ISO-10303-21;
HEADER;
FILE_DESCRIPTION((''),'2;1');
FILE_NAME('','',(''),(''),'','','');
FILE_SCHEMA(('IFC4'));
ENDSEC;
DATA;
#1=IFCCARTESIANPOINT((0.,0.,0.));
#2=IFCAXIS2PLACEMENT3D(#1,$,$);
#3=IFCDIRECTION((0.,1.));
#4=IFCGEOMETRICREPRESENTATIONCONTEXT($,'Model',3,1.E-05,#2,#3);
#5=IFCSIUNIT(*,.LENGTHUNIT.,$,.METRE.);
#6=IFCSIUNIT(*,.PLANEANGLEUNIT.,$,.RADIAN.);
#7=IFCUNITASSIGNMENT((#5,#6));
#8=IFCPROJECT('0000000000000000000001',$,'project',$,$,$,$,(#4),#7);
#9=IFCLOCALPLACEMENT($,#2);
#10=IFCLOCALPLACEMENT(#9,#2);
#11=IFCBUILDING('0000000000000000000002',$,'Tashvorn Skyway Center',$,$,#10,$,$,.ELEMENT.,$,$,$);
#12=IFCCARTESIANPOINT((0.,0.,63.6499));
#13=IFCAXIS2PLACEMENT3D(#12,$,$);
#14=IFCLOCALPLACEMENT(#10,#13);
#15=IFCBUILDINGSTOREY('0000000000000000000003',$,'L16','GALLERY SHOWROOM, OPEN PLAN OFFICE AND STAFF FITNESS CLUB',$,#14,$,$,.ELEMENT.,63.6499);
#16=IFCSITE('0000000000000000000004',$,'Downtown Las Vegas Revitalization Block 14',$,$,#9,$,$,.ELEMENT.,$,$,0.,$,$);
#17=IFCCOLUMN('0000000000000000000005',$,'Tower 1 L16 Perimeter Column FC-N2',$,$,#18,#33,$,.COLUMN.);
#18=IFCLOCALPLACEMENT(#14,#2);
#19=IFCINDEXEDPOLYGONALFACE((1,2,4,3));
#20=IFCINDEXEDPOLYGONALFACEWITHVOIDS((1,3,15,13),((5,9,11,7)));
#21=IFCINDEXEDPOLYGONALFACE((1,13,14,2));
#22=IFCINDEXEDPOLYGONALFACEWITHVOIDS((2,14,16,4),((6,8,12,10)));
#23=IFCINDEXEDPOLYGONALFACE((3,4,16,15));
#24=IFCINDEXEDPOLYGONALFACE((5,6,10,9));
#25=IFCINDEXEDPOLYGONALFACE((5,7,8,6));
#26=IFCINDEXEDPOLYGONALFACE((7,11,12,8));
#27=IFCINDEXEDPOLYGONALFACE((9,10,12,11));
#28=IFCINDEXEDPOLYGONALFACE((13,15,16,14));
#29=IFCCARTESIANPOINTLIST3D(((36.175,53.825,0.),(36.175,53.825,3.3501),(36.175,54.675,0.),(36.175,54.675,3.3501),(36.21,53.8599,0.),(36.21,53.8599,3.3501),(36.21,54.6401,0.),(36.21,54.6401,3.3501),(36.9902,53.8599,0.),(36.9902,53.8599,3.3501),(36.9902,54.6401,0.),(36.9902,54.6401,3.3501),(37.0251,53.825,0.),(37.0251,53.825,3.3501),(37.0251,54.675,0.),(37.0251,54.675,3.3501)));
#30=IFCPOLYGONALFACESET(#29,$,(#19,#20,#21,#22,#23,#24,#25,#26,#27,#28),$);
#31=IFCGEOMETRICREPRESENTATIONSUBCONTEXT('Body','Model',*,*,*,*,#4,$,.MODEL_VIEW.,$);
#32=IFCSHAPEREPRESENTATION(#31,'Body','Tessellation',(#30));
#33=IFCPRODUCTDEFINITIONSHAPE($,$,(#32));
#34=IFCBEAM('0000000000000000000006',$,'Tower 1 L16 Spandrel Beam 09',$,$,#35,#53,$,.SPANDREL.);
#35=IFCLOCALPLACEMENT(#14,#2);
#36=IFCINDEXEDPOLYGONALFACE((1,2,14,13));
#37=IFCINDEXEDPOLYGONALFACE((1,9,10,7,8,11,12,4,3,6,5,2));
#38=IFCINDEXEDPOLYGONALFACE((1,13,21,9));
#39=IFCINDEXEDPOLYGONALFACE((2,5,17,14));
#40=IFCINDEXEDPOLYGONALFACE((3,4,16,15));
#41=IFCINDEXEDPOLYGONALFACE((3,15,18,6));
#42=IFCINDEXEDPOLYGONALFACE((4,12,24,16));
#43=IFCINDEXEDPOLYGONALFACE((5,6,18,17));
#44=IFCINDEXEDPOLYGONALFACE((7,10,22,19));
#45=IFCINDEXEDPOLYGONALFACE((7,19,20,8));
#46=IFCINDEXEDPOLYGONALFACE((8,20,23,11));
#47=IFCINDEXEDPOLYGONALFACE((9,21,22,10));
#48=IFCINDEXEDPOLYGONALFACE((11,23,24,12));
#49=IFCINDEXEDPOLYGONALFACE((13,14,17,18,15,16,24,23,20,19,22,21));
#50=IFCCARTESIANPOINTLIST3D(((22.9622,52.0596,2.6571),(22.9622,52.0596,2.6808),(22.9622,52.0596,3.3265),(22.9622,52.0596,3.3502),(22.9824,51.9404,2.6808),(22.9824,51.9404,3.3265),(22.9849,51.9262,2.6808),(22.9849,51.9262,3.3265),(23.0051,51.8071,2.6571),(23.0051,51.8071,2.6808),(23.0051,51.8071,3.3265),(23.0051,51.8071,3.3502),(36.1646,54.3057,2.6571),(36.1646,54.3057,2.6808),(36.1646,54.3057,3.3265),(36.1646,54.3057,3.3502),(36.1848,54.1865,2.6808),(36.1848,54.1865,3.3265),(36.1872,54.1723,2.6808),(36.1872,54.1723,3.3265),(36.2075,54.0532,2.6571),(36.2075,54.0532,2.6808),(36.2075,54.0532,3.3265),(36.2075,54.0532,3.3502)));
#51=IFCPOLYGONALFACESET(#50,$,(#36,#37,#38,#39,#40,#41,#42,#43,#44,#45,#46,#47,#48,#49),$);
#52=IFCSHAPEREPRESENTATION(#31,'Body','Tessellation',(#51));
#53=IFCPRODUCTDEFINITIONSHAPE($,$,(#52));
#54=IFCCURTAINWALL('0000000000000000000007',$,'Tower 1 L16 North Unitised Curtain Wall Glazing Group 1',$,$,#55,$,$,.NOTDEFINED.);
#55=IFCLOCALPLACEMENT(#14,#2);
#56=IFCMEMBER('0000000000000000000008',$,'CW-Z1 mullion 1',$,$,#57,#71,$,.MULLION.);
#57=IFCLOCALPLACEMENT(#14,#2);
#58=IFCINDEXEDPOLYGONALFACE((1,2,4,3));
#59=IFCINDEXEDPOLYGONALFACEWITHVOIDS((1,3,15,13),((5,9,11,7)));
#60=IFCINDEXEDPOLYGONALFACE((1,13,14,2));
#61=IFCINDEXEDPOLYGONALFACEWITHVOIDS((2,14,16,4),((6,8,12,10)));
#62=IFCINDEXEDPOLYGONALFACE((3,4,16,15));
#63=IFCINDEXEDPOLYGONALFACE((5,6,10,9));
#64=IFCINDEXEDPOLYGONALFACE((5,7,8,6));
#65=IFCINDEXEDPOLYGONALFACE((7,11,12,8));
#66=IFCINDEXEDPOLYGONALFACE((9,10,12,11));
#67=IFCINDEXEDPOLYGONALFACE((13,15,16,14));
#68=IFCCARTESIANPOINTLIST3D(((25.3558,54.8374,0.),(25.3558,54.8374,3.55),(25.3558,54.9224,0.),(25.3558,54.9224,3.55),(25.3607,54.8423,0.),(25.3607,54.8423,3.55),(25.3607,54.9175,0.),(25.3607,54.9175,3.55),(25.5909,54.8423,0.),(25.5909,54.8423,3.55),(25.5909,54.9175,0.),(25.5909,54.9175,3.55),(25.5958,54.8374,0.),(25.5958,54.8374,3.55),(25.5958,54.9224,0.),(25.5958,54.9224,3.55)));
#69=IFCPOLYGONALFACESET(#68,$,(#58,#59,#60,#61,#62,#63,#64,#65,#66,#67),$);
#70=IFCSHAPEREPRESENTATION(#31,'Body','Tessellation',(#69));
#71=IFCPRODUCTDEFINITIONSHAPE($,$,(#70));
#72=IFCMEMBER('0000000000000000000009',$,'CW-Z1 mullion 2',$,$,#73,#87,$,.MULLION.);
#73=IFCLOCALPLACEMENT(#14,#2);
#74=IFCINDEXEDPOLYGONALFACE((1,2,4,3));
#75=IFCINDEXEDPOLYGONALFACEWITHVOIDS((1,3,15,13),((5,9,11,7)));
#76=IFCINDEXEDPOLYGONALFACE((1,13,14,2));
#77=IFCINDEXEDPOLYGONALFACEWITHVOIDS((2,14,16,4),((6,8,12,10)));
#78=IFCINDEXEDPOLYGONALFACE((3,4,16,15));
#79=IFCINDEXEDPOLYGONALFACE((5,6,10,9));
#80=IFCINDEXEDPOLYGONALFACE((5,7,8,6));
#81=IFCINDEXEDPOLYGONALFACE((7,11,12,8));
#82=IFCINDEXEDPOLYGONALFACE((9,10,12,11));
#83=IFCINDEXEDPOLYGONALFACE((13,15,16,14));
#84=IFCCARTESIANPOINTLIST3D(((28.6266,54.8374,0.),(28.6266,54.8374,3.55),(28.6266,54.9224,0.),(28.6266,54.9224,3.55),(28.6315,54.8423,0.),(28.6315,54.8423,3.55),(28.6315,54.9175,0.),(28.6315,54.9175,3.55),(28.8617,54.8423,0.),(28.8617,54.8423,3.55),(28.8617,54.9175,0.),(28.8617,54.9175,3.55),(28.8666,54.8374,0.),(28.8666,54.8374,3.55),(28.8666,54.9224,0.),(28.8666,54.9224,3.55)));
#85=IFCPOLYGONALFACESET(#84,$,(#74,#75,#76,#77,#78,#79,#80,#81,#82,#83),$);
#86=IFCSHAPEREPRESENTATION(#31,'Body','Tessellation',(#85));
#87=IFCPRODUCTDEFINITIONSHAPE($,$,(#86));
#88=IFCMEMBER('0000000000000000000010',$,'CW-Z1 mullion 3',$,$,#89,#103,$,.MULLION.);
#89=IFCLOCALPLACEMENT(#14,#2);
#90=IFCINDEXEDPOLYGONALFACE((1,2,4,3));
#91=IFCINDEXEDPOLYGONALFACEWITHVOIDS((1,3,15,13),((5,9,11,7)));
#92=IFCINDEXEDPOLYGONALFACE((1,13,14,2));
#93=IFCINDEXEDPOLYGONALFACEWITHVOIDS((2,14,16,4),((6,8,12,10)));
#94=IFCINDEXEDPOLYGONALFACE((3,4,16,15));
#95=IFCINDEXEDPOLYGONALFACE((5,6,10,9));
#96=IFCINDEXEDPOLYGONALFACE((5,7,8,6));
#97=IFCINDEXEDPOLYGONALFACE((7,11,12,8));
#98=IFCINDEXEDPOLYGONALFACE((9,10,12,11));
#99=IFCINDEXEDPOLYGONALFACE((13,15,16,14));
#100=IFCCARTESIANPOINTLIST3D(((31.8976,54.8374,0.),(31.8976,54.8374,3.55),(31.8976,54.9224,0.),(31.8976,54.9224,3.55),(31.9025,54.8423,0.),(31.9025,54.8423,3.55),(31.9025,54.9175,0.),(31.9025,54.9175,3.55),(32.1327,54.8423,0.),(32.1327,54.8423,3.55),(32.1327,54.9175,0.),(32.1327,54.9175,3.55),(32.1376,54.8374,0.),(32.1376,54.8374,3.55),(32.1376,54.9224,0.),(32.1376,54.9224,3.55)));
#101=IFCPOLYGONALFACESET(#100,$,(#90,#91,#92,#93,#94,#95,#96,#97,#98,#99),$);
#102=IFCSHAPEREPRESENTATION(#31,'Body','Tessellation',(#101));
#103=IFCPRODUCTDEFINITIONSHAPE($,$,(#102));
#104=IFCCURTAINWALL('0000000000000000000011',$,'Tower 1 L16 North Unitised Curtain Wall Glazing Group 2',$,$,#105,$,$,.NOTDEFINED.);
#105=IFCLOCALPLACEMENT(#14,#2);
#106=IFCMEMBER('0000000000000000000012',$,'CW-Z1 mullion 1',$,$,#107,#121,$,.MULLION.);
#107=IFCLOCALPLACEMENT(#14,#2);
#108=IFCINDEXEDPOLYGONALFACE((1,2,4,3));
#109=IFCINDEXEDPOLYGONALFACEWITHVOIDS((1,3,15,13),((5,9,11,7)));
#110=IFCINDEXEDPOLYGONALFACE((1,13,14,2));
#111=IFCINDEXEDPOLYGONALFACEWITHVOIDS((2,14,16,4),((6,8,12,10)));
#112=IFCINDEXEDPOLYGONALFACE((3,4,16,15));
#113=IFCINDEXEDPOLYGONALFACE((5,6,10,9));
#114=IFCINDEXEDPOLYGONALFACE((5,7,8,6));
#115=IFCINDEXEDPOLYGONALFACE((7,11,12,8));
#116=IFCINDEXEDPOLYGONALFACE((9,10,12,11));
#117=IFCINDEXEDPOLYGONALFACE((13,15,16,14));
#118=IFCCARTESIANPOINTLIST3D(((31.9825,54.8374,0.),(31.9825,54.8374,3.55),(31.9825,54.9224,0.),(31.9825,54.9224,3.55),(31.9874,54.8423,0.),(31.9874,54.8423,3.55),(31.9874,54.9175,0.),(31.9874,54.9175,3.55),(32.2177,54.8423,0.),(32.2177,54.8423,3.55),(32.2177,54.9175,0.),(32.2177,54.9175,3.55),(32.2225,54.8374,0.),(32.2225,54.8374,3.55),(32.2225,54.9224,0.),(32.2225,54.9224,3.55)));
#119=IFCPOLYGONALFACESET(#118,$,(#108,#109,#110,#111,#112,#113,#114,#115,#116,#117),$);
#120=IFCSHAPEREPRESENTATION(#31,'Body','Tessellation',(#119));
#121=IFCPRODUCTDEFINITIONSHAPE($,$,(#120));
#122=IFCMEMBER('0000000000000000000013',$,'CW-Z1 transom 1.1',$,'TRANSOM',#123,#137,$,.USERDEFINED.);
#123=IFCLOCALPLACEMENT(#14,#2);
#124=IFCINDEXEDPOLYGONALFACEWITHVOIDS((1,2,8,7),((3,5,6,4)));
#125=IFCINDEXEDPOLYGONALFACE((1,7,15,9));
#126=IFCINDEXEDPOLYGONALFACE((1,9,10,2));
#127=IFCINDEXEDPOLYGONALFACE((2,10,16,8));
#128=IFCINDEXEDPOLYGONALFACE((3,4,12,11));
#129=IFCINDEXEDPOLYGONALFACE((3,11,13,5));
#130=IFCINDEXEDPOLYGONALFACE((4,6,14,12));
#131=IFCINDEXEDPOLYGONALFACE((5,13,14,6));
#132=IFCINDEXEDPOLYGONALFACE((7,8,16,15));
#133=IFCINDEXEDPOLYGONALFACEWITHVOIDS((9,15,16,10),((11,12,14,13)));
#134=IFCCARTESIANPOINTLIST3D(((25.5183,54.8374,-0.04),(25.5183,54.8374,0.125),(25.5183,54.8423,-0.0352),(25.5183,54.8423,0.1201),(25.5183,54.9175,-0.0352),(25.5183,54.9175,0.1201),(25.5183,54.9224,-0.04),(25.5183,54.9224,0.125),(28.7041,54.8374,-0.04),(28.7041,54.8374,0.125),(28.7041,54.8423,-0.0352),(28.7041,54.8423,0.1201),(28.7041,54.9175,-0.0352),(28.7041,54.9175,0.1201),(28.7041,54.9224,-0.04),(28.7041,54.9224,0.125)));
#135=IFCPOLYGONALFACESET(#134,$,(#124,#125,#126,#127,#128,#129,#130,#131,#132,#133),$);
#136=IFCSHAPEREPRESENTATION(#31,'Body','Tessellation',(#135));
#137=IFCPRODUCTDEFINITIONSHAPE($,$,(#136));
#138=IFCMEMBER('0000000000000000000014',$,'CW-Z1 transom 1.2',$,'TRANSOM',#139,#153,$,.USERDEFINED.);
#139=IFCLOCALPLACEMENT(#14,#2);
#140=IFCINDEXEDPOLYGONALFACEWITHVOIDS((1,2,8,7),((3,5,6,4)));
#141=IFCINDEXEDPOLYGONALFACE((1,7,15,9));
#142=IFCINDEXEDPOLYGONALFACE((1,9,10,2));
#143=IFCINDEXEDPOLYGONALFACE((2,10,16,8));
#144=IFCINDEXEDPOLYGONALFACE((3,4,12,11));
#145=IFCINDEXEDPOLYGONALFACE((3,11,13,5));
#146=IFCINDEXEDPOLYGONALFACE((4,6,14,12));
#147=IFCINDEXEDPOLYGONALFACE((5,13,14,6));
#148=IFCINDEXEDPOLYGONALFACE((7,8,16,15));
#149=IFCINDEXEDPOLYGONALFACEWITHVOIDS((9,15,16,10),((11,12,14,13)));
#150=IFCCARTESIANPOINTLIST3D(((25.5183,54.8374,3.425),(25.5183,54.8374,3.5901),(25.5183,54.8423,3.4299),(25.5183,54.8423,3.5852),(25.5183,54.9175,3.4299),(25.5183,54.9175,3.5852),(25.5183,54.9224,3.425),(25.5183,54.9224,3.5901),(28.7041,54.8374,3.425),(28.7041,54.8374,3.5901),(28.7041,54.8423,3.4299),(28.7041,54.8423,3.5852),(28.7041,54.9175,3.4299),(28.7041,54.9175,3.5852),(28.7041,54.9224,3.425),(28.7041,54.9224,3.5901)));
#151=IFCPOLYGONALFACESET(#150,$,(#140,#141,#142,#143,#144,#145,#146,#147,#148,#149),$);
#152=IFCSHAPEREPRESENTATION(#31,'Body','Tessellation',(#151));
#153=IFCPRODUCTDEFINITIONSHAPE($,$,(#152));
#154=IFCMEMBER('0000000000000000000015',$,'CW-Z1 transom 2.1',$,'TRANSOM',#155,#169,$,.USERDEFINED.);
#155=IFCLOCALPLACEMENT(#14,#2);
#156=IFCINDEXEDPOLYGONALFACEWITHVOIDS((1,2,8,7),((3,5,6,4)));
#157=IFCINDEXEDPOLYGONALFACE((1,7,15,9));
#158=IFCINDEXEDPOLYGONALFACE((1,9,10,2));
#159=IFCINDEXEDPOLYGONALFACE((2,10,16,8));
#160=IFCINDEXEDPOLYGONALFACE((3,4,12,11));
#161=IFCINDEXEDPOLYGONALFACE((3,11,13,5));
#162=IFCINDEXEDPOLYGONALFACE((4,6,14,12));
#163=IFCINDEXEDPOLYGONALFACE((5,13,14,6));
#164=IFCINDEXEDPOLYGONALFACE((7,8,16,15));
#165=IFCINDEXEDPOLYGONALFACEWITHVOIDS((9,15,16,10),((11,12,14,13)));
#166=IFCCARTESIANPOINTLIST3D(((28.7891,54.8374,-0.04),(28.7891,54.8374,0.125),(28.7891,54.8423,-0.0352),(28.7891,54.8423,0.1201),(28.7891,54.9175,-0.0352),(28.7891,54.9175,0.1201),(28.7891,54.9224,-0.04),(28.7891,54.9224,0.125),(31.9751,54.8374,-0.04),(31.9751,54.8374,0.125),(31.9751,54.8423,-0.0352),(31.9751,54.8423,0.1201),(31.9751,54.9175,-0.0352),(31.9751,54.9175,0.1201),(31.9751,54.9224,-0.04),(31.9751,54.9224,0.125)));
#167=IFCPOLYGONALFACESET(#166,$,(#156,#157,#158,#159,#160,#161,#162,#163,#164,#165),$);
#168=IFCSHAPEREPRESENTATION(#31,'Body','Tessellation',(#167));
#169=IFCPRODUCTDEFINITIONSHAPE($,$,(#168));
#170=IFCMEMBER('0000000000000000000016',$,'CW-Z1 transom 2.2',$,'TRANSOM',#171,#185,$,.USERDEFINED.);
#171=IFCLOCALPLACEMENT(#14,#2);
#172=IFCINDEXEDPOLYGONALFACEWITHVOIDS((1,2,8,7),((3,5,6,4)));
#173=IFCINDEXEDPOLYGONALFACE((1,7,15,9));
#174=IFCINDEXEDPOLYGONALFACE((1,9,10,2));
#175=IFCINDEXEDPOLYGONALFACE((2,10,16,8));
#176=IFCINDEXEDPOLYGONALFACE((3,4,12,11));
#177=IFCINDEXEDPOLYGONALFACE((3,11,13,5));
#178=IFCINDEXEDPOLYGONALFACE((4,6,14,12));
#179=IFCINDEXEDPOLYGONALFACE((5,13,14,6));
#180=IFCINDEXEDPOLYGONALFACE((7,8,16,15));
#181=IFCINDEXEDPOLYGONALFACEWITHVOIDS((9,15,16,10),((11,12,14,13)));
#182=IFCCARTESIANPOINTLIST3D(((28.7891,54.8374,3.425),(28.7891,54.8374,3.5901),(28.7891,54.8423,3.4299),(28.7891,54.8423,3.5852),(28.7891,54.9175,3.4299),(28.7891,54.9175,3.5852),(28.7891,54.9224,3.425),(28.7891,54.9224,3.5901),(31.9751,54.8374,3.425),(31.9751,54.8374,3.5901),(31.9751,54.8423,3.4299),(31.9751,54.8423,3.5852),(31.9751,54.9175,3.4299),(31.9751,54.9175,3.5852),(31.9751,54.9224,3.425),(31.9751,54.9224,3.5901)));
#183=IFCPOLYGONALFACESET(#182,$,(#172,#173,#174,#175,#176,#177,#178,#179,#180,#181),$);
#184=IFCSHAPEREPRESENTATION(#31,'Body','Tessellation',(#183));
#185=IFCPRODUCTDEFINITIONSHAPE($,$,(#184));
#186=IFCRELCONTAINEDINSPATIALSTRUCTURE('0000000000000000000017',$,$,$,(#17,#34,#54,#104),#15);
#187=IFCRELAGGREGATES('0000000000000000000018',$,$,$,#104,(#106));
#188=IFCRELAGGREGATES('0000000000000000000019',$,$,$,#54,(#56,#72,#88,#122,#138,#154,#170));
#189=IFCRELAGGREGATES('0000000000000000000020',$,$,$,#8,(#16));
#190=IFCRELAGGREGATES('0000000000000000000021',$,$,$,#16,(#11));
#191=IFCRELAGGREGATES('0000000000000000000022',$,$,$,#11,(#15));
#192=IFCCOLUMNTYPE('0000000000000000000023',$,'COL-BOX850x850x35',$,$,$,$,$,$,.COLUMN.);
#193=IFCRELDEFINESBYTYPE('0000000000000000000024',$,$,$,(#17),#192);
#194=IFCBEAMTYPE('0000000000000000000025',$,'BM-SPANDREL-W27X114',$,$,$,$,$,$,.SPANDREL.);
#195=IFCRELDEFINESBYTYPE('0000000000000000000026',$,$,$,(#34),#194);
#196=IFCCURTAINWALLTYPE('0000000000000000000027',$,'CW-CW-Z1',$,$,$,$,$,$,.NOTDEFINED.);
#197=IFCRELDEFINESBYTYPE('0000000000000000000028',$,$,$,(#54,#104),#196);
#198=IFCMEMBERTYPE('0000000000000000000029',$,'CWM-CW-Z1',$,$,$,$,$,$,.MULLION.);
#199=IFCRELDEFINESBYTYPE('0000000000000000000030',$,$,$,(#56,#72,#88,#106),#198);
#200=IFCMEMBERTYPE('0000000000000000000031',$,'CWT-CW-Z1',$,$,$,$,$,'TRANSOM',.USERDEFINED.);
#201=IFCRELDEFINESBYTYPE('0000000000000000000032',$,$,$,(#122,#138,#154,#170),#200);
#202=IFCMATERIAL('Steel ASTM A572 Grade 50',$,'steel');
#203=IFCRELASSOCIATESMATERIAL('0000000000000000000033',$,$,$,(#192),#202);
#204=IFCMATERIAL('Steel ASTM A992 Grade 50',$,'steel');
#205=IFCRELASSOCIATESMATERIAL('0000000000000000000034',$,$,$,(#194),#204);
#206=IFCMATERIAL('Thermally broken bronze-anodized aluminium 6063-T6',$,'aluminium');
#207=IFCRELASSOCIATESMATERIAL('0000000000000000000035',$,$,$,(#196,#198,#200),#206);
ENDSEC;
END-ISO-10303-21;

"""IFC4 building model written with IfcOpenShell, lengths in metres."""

from ifc_helpers import new_model, si_unit, direction, frame, origin, origin_2d, place, context, subcontext, project, spatial, hollow_rectangle, i_section, extrude, material, material_profile, profile_set, type_object, element, aggregate, save


model = new_model("IFC4")

# Units and contexts
model_context = context("Model", 3, precision=1e-05, world=origin(), true_north=direction((0.0, 1.0)))
body_context = subcontext(model_context, "Body", "Model", "MODEL_VIEW")
ifc_project = project(units=[si_unit("LENGTHUNIT", "METRE"), si_unit("PLANEANGLEUNIT", "RADIAN")], contexts=[model_context])

# Site, building, storey
site_placement = place(None, origin())
site = spatial("IfcSite", under=ifc_project, at=site_placement, Name="Downtown Las Vegas Revitalization Block 14", CompositionType="ELEMENT", RefElevation=0.0)
building_placement = place(site_placement, origin())
building = spatial("IfcBuilding", under=site, at=building_placement, Name="Tashvorn Skyway Center", CompositionType="ELEMENT")
storey_placement = place(building_placement, frame((0.0, 0.0, 63.6499)))
storey = spatial("IfcBuildingStorey", under=building, at=storey_placement, Name="L16", Description="GALLERY SHOWROOM, OPEN PLAN OFFICE AND STAFF FITNESS CLUB", CompositionType="ELEMENT", Elevation=63.6499)

# Column
ifc_material_1 = material(Name="Steel ASTM A572 Grade 50", Category="steel")
ifc_material_profile_1 = material_profile(ifc_material_1, hollow_rectangle(XDim=0.8501, YDim=0.8501, WallThickness=0.0349, at=origin_2d()), Name="BOX850x850x35")
ifc_profile_set_1 = profile_set([ifc_material_profile_1], Name="Steel ASTM A572 Grade 50")
column_type = type_object("IfcColumnType", Name="COL-BOX850x850x35", PredefinedType="COLUMN", material=ifc_profile_set_1)
column_placement = place(storey_placement, frame((36.6001, 54.25, 0.0), z_axis=(0.0, 0.0, 1.0), x_axis=(1.0, 0.0, 0.0)))
element("IfcColumn", 1, at=column_placement, inside=storey, type_object=column_type, Name="Tower 1 L16 Perimeter Column FC-N2", PredefinedType="COLUMN", context=body_context, shape_type="SweptSolid", body=[
    extrude(hollow_rectangle(XDim=0.8501, YDim=0.8501, WallThickness=0.0349, at=origin_2d()), origin(), (0.0, 0.0, 1.0), 3.3501),
])

# Beam
ifc_material_2 = material(Name="Steel ASTM A992 Grade 50", Category="steel")
ifc_material_profile_2 = material_profile(ifc_material_2, i_section(OverallWidth=0.2561, OverallDepth=0.6931, WebThickness=0.0144, FlangeThickness=0.0237, at=origin_2d()), Name="W27X114")
ifc_profile_set_2 = profile_set([ifc_material_profile_2], Name="Steel ASTM A992 Grade 50")
beam_type = type_object("IfcBeamType", Name="BM-SPANDREL-W27X114", PredefinedType="SPANDREL", material=ifc_profile_set_2)
beam_placement = place(storey_placement, frame((36.186, 54.1794, 3.0037), z_axis=(-0.985835, -0.167718, 0.0), x_axis=(0.167718, -0.985835, 0.0)))
element("IfcBeam", 2, at=beam_placement, inside=storey, type_object=beam_type, Name="Tower 1 L16 Spandrel Beam 09", PredefinedType="SPANDREL", context=body_context, shape_type="SweptSolid", body=[
    extrude(i_section(OverallWidth=0.2561, OverallDepth=0.6931, WebThickness=0.0144, FlangeThickness=0.0237, at=origin_2d()), origin(), (0.0, 0.0, 1.0), 13.3921),
])

# Curtain wall, members
ifc_material_3 = material(Name="Thermally broken bronze-anodized aluminium 6063-T6", Category="aluminium")
curtain_wall_type = type_object("IfcCurtainWallType", Name="CW-CW-Z1", PredefinedType="NOTDEFINED", material=ifc_material_3)
curtain_wall_1_placement = place(storey_placement, origin())
curtain_wall_1 = element("IfcCurtainWall", 3, at=curtain_wall_1_placement, inside=storey, type_object=curtain_wall_type, Name="Tower 1 L16 North Unitised Curtain Wall Glazing Group 1", PredefinedType="NOTDEFINED")
ifc_material_profile_3 = material_profile(ifc_material_3, hollow_rectangle(XDim=0.085, YDim=0.24, WallThickness=0.0049, at=origin_2d()), Name="ALU-MULL-85x240")
ifc_profile_set_3 = profile_set([ifc_material_profile_3], Name="Thermally broken bronze-anodized aluminium 6063-T6")
member_type_1 = type_object("IfcMemberType", Name="CWM-CW-Z1", PredefinedType="MULLION", material=ifc_profile_set_3)
member_1_placement = place(storey_placement, frame((25.4758, 54.8799, 0.0), z_axis=(0.0, 0.0, 1.0), x_axis=(0.0, 1.0, 0.0)))
member_1 = element("IfcMember", 4, at=member_1_placement, type_object=member_type_1, Name="CW-Z1 mullion 1", PredefinedType="MULLION", context=body_context, shape_type="SweptSolid", body=[
    extrude(hollow_rectangle(XDim=0.085, YDim=0.24, WallThickness=0.0049, at=origin_2d()), origin(), (0.0, 0.0, 1.0), 3.55),
])
member_2_placement = place(storey_placement, frame((28.7466, 54.8799, 0.0), z_axis=(0.0, 0.0, 1.0), x_axis=(0.0, 1.0, 0.0)))
member_2 = element("IfcMember", 5, at=member_2_placement, type_object=member_type_1, Name="CW-Z1 mullion 2", PredefinedType="MULLION", context=body_context, shape_type="SweptSolid", body=[
    extrude(hollow_rectangle(XDim=0.085, YDim=0.24, WallThickness=0.0049, at=origin_2d()), origin(), (0.0, 0.0, 1.0), 3.55),
])
member_3_placement = place(storey_placement, frame((32.0176, 54.8799, 0.0), z_axis=(0.0, 0.0, 1.0), x_axis=(0.0, 1.0, 0.0)))
member_3 = element("IfcMember", 6, at=member_3_placement, type_object=member_type_1, Name="CW-Z1 mullion 3", PredefinedType="MULLION", context=body_context, shape_type="SweptSolid", body=[
    extrude(hollow_rectangle(XDim=0.085, YDim=0.24, WallThickness=0.0049, at=origin_2d()), origin(), (0.0, 0.0, 1.0), 3.55),
])

# Curtain wall, member
curtain_wall_2_placement = place(storey_placement, origin())
curtain_wall_2 = element("IfcCurtainWall", 7, at=curtain_wall_2_placement, inside=storey, type_object=curtain_wall_type, Name="Tower 1 L16 North Unitised Curtain Wall Glazing Group 2", PredefinedType="NOTDEFINED")
member_4_placement = place(storey_placement, frame((32.1025, 54.8799, 0.0), z_axis=(0.0, 0.0, 1.0), x_axis=(0.0, 1.0, 0.0)))
member_4 = element("IfcMember", 8, at=member_4_placement, type_object=member_type_1, Name="CW-Z1 mullion 1", PredefinedType="MULLION", context=body_context, shape_type="SweptSolid", body=[
    extrude(hollow_rectangle(XDim=0.085, YDim=0.24, WallThickness=0.0049, at=origin_2d()), origin(), (0.0, 0.0, 1.0), 3.55),
])

# Members
ifc_material_profile_4 = material_profile(ifc_material_3, hollow_rectangle(XDim=0.085, YDim=0.165, WallThickness=0.0049, at=origin_2d()), Name="ALU-TRAN-85x165")
ifc_profile_set_4 = profile_set([ifc_material_profile_4], Name="Thermally broken bronze-anodized aluminium 6063-T6")
member_type_2 = type_object("IfcMemberType", Name="CWT-CW-Z1", ElementType="TRANSOM", PredefinedType="USERDEFINED", material=ifc_profile_set_4)
member_5_placement = place(storey_placement, frame((25.5183, 54.8799, 0.0425), z_axis=(1.0, 0.0, 0.0), x_axis=(0.0, 1.0, 0.0)))
member_5 = element("IfcMember", 9, at=member_5_placement, type_object=member_type_2, Name="CW-Z1 transom 1.1", ObjectType="TRANSOM", PredefinedType="USERDEFINED", context=body_context, shape_type="SweptSolid", body=[
    extrude(hollow_rectangle(XDim=0.085, YDim=0.165, WallThickness=0.0049, at=origin_2d()), origin(), (0.0, 0.0, 1.0), 3.1858),
])
member_6_placement = place(storey_placement, frame((25.5183, 54.8799, 3.5076), z_axis=(1.0, 0.0, 0.0), x_axis=(0.0, 1.0, 0.0)))
member_6 = element("IfcMember", 10, at=member_6_placement, type_object=member_type_2, Name="CW-Z1 transom 1.2", ObjectType="TRANSOM", PredefinedType="USERDEFINED", context=body_context, shape_type="SweptSolid", body=[
    extrude(hollow_rectangle(XDim=0.085, YDim=0.165, WallThickness=0.0049, at=origin_2d()), origin(), (0.0, 0.0, 1.0), 3.1858),
])
member_7_placement = place(storey_placement, frame((28.7891, 54.8799, 0.0425), z_axis=(1.0, 0.0, 0.0), x_axis=(0.0, 1.0, 0.0)))
member_7 = element("IfcMember", 11, at=member_7_placement, type_object=member_type_2, Name="CW-Z1 transom 2.1", ObjectType="TRANSOM", PredefinedType="USERDEFINED", context=body_context, shape_type="SweptSolid", body=[
    extrude(hollow_rectangle(XDim=0.085, YDim=0.165, WallThickness=0.0049, at=origin_2d()), origin(), (0.0, 0.0, 1.0), 3.186),
])
member_8_placement = place(storey_placement, frame((28.7891, 54.8799, 3.5076), z_axis=(1.0, 0.0, 0.0), x_axis=(0.0, 1.0, 0.0)))
member_8 = element("IfcMember", 12, at=member_8_placement, type_object=member_type_2, Name="CW-Z1 transom 2.2", ObjectType="TRANSOM", PredefinedType="USERDEFINED", context=body_context, shape_type="SweptSolid", body=[
    extrude(hollow_rectangle(XDim=0.085, YDim=0.165, WallThickness=0.0049, at=origin_2d()), origin(), (0.0, 0.0, 1.0), 3.186),
])
aggregate(curtain_wall_2, [member_4])

aggregate(curtain_wall_1, [member_1, member_2, member_3, member_5, member_6, member_7, member_8])

save(model, "model.ifc")
